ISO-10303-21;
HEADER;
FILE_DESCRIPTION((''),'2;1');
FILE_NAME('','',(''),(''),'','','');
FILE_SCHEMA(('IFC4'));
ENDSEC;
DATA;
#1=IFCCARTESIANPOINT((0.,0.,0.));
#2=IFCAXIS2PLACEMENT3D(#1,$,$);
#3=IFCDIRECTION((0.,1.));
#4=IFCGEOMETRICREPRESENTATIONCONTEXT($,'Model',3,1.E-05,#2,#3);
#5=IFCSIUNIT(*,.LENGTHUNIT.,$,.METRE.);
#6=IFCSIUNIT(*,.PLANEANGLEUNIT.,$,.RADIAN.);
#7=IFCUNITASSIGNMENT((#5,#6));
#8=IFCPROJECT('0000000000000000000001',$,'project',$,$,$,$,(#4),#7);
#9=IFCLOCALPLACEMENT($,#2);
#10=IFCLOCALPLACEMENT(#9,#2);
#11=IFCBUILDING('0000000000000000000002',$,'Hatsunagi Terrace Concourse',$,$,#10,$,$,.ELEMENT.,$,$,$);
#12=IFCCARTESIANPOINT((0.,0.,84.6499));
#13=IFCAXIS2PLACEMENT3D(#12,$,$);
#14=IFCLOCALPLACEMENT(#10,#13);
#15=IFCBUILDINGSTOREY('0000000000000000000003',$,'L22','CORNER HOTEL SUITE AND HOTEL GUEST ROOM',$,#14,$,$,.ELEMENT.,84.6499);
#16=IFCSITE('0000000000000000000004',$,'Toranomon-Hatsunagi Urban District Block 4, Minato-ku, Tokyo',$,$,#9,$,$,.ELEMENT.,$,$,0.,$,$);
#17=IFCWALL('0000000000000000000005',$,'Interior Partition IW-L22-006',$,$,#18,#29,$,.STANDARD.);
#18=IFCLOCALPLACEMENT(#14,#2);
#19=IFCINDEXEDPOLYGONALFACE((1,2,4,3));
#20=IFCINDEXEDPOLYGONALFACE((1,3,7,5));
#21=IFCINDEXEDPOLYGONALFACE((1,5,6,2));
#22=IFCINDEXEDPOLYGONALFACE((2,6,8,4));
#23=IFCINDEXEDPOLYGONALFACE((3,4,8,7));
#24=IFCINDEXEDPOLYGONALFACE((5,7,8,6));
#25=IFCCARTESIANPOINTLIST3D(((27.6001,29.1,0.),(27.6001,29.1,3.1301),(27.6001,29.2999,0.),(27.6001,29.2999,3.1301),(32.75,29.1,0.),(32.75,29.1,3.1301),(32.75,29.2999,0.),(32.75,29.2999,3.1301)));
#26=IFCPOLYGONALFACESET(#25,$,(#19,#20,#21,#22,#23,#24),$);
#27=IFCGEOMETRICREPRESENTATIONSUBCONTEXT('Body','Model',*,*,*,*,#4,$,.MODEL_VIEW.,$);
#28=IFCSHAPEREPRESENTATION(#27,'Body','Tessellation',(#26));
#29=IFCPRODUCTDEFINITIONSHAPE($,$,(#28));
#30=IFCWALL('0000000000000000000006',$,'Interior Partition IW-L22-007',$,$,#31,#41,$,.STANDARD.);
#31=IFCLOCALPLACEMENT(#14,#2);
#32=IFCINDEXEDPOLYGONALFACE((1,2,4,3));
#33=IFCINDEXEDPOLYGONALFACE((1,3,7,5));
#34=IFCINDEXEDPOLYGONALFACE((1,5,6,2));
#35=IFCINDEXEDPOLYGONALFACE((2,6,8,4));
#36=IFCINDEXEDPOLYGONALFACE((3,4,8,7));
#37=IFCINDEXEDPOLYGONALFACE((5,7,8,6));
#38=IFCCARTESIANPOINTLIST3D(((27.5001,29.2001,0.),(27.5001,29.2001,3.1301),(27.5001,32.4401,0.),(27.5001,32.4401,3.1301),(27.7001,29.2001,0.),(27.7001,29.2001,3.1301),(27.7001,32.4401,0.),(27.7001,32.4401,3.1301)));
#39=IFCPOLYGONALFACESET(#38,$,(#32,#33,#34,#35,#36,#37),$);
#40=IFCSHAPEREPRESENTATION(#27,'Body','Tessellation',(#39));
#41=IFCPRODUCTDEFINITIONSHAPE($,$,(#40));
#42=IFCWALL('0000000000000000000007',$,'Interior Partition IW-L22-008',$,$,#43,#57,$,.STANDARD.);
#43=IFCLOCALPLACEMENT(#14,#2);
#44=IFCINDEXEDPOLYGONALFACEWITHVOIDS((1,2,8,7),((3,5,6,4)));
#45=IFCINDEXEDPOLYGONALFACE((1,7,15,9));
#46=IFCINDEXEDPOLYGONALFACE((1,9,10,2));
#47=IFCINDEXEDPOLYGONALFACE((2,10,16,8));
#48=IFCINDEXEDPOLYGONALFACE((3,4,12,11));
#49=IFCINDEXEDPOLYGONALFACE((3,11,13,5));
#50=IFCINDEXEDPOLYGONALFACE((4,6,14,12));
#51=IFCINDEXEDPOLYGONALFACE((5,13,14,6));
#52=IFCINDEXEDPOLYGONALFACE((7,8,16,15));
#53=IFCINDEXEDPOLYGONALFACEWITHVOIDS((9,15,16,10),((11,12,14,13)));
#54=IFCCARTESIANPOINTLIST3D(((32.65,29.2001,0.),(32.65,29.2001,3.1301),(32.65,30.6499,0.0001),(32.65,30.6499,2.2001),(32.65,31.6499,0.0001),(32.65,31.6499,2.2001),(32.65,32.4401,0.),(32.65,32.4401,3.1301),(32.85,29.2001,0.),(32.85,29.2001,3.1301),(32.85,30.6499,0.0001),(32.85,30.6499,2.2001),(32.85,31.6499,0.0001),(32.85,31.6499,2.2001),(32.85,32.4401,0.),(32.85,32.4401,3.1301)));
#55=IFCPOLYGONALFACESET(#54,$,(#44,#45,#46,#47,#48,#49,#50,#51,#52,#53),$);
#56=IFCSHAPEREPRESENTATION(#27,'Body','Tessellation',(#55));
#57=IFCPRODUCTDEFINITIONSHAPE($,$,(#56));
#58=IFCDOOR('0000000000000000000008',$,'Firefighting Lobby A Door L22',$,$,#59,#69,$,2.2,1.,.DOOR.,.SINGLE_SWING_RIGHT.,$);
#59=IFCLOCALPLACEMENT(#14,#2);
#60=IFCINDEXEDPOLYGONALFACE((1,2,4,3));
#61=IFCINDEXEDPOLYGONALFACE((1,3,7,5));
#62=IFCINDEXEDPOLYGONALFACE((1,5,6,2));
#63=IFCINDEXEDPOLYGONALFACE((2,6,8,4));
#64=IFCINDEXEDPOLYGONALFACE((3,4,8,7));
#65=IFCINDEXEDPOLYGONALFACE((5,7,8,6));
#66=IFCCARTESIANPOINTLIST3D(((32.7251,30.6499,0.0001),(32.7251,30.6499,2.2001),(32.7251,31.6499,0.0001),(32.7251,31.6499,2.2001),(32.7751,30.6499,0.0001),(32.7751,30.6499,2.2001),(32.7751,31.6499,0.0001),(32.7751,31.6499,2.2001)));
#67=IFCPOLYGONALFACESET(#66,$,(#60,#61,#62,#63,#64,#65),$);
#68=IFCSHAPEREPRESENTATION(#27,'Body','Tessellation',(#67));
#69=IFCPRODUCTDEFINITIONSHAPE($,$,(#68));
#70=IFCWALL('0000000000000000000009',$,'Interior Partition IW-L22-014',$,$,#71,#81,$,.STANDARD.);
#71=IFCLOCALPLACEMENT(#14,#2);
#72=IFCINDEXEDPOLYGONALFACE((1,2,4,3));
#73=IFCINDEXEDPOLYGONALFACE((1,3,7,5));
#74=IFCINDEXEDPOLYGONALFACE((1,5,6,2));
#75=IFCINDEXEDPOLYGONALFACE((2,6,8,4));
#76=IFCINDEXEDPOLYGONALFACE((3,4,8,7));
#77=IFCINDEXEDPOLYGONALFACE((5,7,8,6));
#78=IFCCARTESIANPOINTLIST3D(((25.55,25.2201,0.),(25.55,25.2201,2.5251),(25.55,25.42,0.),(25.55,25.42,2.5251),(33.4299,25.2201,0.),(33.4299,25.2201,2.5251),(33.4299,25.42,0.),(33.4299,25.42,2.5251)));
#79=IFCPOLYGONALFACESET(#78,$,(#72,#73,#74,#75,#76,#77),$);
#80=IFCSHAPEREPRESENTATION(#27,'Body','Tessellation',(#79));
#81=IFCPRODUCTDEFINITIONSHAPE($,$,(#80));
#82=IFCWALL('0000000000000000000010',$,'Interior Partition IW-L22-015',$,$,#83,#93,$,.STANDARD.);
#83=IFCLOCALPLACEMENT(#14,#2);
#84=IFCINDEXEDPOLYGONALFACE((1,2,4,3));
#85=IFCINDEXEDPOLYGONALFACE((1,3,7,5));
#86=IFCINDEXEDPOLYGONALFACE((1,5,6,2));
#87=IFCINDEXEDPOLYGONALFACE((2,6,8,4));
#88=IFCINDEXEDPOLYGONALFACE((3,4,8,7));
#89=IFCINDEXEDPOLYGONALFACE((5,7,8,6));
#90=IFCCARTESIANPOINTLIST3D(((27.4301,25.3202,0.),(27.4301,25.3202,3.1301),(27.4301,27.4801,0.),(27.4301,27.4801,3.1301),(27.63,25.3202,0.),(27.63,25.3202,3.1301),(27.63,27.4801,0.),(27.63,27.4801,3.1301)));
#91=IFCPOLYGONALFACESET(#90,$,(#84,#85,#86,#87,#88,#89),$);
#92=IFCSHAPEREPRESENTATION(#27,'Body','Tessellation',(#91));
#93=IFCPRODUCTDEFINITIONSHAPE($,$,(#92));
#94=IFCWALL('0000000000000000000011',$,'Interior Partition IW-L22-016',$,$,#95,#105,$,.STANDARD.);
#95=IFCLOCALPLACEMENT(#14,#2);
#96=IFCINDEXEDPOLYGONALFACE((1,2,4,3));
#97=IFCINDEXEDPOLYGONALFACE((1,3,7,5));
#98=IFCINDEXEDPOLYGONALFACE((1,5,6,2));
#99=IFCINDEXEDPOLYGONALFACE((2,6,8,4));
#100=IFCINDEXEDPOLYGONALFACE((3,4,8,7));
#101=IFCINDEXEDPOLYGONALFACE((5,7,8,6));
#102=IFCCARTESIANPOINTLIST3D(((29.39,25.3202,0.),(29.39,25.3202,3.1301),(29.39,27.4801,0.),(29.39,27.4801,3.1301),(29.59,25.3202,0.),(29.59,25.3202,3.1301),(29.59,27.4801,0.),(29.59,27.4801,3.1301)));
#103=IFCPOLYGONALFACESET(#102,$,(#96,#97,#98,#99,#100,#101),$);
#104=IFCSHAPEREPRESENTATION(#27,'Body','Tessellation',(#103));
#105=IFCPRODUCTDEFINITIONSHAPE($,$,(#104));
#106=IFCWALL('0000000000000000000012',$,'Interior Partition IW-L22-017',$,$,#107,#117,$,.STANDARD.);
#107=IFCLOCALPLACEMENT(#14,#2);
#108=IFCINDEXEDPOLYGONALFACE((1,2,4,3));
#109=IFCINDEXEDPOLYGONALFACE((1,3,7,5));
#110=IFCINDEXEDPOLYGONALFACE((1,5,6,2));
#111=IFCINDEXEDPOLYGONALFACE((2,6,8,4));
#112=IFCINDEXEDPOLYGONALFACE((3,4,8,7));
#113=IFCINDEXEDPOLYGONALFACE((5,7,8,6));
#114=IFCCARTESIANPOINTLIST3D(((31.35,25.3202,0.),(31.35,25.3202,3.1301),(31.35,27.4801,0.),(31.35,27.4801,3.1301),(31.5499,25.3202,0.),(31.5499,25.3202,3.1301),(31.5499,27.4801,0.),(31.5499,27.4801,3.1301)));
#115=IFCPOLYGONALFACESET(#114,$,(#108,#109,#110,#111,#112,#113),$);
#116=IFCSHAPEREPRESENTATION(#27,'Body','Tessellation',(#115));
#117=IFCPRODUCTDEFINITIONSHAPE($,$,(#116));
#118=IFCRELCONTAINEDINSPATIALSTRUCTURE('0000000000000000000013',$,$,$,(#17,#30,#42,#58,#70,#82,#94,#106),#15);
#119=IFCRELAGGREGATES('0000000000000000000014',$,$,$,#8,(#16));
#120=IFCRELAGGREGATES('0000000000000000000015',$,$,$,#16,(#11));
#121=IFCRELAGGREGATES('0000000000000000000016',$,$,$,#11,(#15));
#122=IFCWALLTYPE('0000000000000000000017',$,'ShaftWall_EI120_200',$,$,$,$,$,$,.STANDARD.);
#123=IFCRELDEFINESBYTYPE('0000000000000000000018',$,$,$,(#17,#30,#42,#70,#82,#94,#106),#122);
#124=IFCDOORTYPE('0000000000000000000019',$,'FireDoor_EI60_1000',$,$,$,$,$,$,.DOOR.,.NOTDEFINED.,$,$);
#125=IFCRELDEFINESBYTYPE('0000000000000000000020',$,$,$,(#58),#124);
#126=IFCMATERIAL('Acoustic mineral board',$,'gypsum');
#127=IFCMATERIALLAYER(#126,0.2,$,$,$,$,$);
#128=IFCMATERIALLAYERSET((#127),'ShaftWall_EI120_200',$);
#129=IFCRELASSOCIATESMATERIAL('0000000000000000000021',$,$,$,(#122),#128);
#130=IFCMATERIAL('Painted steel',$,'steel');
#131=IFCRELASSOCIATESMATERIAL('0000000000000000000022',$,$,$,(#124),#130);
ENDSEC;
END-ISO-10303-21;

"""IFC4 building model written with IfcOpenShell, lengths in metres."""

from ifc_helpers import new_model, si_unit, direction, frame, frame_2d, origin, place, context, subcontext, project, spatial, rectangle, extrude, material, layer, layer_set, type_object, element, fill, save


model = new_model("IFC4")

# Units and contexts
model_context = context("Model", 3, precision=1e-05, world=origin(), true_north=direction((0.0, 1.0)))
body_context = subcontext(model_context, "Body", "Model", "MODEL_VIEW")
ifc_project = project(units=[si_unit("LENGTHUNIT", "METRE"), si_unit("PLANEANGLEUNIT", "RADIAN")], contexts=[model_context])

# Site, building, storey
site_placement = place(None, origin())
site = spatial("IfcSite", under=ifc_project, at=site_placement, Name="Toranomon-Hatsunagi Urban District Block 4, Minato-ku, Tokyo", CompositionType="ELEMENT", RefElevation=0.0)
building_placement = place(site_placement, origin())
building = spatial("IfcBuilding", under=site, at=building_placement, Name="Hatsunagi Terrace Concourse", CompositionType="ELEMENT")
storey_placement = place(building_placement, frame((0.0, 0.0, 84.6499)))
storey = spatial("IfcBuildingStorey", under=building, at=storey_placement, Name="L22", Description="CORNER HOTEL SUITE AND HOTEL GUEST ROOM", CompositionType="ELEMENT", Elevation=84.6499)

# Walls
ifc_material_1 = material(Name="Acoustic mineral board", Category="gypsum")
ifc_layer_1 = layer(ifc_material_1, 0.2)
ifc_layer_set_1 = layer_set([ifc_layer_1], Name="ShaftWall_EI120_200")
wall_type_1 = type_object("IfcWallType", Name="ShaftWall_EI120_200", PredefinedType="STANDARD", material=ifc_layer_set_1)
wall_1_placement = place(storey_placement, frame((27.6001, 29.2, 0.0), z_axis=(0.0, 0.0, 1.0), x_axis=(1.0, 0.0, 0.0)))
element("IfcWall", 1, at=wall_1_placement, inside=storey, type_object=wall_type_1, Name="Interior Partition IW-L22-006", PredefinedType="STANDARD", context=body_context, shape_type="SweptSolid", body=[
    extrude(rectangle(XDim=5.1499, YDim=0.2, at=frame_2d((2.575, 0.0))), origin(), (0.0, 0.0, 1.0), 3.1301),
])
wall_2_placement = place(storey_placement, frame((27.6001, 29.2, 0.0), z_axis=(0.0, 0.0, 1.0), x_axis=(0.0, 1.0, 0.0)))
element("IfcWall", 2, at=wall_2_placement, inside=storey, type_object=wall_type_1, Name="Interior Partition IW-L22-007", PredefinedType="STANDARD", context=body_context, shape_type="SweptSolid", body=[
    extrude(rectangle(XDim=3.24, YDim=0.2, at=frame_2d((1.6201, 0.0))), origin(), (0.0, 0.0, 1.0), 3.1301),
])

# Wall, opening, door
wall_3_placement = place(storey_placement, frame((32.75, 29.2, 0.0), z_axis=(0.0, 0.0, 1.0), x_axis=(0.0, 1.0, 0.0)))
wall_3 = element("IfcWall", 3, at=wall_3_placement, inside=storey, type_object=wall_type_1, Name="Interior Partition IW-L22-008", PredefinedType="STANDARD", context=body_context, shape_type="SweptSolid", body=[
    extrude(rectangle(XDim=3.24, YDim=0.2, at=frame_2d((1.6201, 0.0))), origin(), (0.0, 0.0, 1.0), 3.1301),
])
opening_1_placement = place(wall_3_placement, frame((1.45, 0.0, 0.0)))
opening_1 = element("IfcOpeningElement", 4, at=opening_1_placement, cuts=wall_3, PredefinedType="OPENING", context=body_context, shape_type="SweptSolid", body=[
    extrude(rectangle(XDim=1.0, YDim=2.2, at=frame_2d((0.5, 1.1001))), frame((0.0, 0.1099, 0.0), z_axis=(0.0, -1.0, 0.0), x_axis=(1.0, 0.0, 0.0)), (0.0, 0.0, 1.0), 0.22),
])
ifc_material_2 = material(Name="Painted steel", Category="steel")
door_type_1 = type_object("IfcDoorType", Name="FireDoor_EI60_1000", OperationType="NOTDEFINED", PredefinedType="DOOR", material=ifc_material_2)
door_1_placement = place(opening_1_placement, origin())
door_1 = element("IfcDoor", 5, at=door_1_placement, inside=storey, type_object=door_type_1, Name="Firefighting Lobby A Door L22", OperationType="SINGLE_SWING_RIGHT", OverallHeight=2.2, OverallWidth=1.0, PredefinedType="DOOR", context=body_context, shape_type="SweptSolid", body=[
    extrude(rectangle(XDim=1.0, YDim=2.2, at=frame_2d((0.5, 1.1001))), frame((0.0, 0.0249, 0.0), z_axis=(0.0, -1.0, 0.0), x_axis=(1.0, 0.0, 0.0)), (0.0, 0.0, 1.0), 0.05),
])
fill(opening_1, door_1)

# Walls
wall_4_placement = place(storey_placement, frame((25.55, 25.3201, 0.0), z_axis=(0.0, 0.0, 1.0), x_axis=(1.0, 0.0, 0.0)))
element("IfcWall", 6, at=wall_4_placement, inside=storey, type_object=wall_type_1, Name="Interior Partition IW-L22-014", PredefinedType="STANDARD", context=body_context, shape_type="SweptSolid", body=[
    extrude(rectangle(XDim=7.8799, YDim=0.2, at=frame_2d((3.9399, 0.0))), origin(), (0.0, 0.0, 1.0), 2.5251),
])
for number, where, z_axis, x_axis, name in (
    (7, (27.53, 25.3201, 0.0), (0.0, 0.0, 1.0), (0.0, 1.0, 0.0), "Interior Partition IW-L22-015"),
    (8, (29.49, 25.3201, 0.0), (0.0, 0.0, 1.0), (0.0, 1.0, 0.0), "Interior Partition IW-L22-016"),
    (9, (31.45, 25.3201, 0.0), (0.0, 0.0, 1.0), (0.0, 1.0, 0.0), "Interior Partition IW-L22-017"),
):
    element("IfcWall", number, at=place(storey_placement, frame(where, z_axis=z_axis, x_axis=x_axis)), inside=storey, type_object=wall_type_1, Name=name, PredefinedType="STANDARD", context=body_context, shape_type="SweptSolid", body=[
        extrude(rectangle(XDim=2.1599, YDim=0.2, at=frame_2d((1.0801, 0.0))), origin(), (0.0, 0.0, 1.0), 3.1301),
    ])

save(model, "model.ifc")
